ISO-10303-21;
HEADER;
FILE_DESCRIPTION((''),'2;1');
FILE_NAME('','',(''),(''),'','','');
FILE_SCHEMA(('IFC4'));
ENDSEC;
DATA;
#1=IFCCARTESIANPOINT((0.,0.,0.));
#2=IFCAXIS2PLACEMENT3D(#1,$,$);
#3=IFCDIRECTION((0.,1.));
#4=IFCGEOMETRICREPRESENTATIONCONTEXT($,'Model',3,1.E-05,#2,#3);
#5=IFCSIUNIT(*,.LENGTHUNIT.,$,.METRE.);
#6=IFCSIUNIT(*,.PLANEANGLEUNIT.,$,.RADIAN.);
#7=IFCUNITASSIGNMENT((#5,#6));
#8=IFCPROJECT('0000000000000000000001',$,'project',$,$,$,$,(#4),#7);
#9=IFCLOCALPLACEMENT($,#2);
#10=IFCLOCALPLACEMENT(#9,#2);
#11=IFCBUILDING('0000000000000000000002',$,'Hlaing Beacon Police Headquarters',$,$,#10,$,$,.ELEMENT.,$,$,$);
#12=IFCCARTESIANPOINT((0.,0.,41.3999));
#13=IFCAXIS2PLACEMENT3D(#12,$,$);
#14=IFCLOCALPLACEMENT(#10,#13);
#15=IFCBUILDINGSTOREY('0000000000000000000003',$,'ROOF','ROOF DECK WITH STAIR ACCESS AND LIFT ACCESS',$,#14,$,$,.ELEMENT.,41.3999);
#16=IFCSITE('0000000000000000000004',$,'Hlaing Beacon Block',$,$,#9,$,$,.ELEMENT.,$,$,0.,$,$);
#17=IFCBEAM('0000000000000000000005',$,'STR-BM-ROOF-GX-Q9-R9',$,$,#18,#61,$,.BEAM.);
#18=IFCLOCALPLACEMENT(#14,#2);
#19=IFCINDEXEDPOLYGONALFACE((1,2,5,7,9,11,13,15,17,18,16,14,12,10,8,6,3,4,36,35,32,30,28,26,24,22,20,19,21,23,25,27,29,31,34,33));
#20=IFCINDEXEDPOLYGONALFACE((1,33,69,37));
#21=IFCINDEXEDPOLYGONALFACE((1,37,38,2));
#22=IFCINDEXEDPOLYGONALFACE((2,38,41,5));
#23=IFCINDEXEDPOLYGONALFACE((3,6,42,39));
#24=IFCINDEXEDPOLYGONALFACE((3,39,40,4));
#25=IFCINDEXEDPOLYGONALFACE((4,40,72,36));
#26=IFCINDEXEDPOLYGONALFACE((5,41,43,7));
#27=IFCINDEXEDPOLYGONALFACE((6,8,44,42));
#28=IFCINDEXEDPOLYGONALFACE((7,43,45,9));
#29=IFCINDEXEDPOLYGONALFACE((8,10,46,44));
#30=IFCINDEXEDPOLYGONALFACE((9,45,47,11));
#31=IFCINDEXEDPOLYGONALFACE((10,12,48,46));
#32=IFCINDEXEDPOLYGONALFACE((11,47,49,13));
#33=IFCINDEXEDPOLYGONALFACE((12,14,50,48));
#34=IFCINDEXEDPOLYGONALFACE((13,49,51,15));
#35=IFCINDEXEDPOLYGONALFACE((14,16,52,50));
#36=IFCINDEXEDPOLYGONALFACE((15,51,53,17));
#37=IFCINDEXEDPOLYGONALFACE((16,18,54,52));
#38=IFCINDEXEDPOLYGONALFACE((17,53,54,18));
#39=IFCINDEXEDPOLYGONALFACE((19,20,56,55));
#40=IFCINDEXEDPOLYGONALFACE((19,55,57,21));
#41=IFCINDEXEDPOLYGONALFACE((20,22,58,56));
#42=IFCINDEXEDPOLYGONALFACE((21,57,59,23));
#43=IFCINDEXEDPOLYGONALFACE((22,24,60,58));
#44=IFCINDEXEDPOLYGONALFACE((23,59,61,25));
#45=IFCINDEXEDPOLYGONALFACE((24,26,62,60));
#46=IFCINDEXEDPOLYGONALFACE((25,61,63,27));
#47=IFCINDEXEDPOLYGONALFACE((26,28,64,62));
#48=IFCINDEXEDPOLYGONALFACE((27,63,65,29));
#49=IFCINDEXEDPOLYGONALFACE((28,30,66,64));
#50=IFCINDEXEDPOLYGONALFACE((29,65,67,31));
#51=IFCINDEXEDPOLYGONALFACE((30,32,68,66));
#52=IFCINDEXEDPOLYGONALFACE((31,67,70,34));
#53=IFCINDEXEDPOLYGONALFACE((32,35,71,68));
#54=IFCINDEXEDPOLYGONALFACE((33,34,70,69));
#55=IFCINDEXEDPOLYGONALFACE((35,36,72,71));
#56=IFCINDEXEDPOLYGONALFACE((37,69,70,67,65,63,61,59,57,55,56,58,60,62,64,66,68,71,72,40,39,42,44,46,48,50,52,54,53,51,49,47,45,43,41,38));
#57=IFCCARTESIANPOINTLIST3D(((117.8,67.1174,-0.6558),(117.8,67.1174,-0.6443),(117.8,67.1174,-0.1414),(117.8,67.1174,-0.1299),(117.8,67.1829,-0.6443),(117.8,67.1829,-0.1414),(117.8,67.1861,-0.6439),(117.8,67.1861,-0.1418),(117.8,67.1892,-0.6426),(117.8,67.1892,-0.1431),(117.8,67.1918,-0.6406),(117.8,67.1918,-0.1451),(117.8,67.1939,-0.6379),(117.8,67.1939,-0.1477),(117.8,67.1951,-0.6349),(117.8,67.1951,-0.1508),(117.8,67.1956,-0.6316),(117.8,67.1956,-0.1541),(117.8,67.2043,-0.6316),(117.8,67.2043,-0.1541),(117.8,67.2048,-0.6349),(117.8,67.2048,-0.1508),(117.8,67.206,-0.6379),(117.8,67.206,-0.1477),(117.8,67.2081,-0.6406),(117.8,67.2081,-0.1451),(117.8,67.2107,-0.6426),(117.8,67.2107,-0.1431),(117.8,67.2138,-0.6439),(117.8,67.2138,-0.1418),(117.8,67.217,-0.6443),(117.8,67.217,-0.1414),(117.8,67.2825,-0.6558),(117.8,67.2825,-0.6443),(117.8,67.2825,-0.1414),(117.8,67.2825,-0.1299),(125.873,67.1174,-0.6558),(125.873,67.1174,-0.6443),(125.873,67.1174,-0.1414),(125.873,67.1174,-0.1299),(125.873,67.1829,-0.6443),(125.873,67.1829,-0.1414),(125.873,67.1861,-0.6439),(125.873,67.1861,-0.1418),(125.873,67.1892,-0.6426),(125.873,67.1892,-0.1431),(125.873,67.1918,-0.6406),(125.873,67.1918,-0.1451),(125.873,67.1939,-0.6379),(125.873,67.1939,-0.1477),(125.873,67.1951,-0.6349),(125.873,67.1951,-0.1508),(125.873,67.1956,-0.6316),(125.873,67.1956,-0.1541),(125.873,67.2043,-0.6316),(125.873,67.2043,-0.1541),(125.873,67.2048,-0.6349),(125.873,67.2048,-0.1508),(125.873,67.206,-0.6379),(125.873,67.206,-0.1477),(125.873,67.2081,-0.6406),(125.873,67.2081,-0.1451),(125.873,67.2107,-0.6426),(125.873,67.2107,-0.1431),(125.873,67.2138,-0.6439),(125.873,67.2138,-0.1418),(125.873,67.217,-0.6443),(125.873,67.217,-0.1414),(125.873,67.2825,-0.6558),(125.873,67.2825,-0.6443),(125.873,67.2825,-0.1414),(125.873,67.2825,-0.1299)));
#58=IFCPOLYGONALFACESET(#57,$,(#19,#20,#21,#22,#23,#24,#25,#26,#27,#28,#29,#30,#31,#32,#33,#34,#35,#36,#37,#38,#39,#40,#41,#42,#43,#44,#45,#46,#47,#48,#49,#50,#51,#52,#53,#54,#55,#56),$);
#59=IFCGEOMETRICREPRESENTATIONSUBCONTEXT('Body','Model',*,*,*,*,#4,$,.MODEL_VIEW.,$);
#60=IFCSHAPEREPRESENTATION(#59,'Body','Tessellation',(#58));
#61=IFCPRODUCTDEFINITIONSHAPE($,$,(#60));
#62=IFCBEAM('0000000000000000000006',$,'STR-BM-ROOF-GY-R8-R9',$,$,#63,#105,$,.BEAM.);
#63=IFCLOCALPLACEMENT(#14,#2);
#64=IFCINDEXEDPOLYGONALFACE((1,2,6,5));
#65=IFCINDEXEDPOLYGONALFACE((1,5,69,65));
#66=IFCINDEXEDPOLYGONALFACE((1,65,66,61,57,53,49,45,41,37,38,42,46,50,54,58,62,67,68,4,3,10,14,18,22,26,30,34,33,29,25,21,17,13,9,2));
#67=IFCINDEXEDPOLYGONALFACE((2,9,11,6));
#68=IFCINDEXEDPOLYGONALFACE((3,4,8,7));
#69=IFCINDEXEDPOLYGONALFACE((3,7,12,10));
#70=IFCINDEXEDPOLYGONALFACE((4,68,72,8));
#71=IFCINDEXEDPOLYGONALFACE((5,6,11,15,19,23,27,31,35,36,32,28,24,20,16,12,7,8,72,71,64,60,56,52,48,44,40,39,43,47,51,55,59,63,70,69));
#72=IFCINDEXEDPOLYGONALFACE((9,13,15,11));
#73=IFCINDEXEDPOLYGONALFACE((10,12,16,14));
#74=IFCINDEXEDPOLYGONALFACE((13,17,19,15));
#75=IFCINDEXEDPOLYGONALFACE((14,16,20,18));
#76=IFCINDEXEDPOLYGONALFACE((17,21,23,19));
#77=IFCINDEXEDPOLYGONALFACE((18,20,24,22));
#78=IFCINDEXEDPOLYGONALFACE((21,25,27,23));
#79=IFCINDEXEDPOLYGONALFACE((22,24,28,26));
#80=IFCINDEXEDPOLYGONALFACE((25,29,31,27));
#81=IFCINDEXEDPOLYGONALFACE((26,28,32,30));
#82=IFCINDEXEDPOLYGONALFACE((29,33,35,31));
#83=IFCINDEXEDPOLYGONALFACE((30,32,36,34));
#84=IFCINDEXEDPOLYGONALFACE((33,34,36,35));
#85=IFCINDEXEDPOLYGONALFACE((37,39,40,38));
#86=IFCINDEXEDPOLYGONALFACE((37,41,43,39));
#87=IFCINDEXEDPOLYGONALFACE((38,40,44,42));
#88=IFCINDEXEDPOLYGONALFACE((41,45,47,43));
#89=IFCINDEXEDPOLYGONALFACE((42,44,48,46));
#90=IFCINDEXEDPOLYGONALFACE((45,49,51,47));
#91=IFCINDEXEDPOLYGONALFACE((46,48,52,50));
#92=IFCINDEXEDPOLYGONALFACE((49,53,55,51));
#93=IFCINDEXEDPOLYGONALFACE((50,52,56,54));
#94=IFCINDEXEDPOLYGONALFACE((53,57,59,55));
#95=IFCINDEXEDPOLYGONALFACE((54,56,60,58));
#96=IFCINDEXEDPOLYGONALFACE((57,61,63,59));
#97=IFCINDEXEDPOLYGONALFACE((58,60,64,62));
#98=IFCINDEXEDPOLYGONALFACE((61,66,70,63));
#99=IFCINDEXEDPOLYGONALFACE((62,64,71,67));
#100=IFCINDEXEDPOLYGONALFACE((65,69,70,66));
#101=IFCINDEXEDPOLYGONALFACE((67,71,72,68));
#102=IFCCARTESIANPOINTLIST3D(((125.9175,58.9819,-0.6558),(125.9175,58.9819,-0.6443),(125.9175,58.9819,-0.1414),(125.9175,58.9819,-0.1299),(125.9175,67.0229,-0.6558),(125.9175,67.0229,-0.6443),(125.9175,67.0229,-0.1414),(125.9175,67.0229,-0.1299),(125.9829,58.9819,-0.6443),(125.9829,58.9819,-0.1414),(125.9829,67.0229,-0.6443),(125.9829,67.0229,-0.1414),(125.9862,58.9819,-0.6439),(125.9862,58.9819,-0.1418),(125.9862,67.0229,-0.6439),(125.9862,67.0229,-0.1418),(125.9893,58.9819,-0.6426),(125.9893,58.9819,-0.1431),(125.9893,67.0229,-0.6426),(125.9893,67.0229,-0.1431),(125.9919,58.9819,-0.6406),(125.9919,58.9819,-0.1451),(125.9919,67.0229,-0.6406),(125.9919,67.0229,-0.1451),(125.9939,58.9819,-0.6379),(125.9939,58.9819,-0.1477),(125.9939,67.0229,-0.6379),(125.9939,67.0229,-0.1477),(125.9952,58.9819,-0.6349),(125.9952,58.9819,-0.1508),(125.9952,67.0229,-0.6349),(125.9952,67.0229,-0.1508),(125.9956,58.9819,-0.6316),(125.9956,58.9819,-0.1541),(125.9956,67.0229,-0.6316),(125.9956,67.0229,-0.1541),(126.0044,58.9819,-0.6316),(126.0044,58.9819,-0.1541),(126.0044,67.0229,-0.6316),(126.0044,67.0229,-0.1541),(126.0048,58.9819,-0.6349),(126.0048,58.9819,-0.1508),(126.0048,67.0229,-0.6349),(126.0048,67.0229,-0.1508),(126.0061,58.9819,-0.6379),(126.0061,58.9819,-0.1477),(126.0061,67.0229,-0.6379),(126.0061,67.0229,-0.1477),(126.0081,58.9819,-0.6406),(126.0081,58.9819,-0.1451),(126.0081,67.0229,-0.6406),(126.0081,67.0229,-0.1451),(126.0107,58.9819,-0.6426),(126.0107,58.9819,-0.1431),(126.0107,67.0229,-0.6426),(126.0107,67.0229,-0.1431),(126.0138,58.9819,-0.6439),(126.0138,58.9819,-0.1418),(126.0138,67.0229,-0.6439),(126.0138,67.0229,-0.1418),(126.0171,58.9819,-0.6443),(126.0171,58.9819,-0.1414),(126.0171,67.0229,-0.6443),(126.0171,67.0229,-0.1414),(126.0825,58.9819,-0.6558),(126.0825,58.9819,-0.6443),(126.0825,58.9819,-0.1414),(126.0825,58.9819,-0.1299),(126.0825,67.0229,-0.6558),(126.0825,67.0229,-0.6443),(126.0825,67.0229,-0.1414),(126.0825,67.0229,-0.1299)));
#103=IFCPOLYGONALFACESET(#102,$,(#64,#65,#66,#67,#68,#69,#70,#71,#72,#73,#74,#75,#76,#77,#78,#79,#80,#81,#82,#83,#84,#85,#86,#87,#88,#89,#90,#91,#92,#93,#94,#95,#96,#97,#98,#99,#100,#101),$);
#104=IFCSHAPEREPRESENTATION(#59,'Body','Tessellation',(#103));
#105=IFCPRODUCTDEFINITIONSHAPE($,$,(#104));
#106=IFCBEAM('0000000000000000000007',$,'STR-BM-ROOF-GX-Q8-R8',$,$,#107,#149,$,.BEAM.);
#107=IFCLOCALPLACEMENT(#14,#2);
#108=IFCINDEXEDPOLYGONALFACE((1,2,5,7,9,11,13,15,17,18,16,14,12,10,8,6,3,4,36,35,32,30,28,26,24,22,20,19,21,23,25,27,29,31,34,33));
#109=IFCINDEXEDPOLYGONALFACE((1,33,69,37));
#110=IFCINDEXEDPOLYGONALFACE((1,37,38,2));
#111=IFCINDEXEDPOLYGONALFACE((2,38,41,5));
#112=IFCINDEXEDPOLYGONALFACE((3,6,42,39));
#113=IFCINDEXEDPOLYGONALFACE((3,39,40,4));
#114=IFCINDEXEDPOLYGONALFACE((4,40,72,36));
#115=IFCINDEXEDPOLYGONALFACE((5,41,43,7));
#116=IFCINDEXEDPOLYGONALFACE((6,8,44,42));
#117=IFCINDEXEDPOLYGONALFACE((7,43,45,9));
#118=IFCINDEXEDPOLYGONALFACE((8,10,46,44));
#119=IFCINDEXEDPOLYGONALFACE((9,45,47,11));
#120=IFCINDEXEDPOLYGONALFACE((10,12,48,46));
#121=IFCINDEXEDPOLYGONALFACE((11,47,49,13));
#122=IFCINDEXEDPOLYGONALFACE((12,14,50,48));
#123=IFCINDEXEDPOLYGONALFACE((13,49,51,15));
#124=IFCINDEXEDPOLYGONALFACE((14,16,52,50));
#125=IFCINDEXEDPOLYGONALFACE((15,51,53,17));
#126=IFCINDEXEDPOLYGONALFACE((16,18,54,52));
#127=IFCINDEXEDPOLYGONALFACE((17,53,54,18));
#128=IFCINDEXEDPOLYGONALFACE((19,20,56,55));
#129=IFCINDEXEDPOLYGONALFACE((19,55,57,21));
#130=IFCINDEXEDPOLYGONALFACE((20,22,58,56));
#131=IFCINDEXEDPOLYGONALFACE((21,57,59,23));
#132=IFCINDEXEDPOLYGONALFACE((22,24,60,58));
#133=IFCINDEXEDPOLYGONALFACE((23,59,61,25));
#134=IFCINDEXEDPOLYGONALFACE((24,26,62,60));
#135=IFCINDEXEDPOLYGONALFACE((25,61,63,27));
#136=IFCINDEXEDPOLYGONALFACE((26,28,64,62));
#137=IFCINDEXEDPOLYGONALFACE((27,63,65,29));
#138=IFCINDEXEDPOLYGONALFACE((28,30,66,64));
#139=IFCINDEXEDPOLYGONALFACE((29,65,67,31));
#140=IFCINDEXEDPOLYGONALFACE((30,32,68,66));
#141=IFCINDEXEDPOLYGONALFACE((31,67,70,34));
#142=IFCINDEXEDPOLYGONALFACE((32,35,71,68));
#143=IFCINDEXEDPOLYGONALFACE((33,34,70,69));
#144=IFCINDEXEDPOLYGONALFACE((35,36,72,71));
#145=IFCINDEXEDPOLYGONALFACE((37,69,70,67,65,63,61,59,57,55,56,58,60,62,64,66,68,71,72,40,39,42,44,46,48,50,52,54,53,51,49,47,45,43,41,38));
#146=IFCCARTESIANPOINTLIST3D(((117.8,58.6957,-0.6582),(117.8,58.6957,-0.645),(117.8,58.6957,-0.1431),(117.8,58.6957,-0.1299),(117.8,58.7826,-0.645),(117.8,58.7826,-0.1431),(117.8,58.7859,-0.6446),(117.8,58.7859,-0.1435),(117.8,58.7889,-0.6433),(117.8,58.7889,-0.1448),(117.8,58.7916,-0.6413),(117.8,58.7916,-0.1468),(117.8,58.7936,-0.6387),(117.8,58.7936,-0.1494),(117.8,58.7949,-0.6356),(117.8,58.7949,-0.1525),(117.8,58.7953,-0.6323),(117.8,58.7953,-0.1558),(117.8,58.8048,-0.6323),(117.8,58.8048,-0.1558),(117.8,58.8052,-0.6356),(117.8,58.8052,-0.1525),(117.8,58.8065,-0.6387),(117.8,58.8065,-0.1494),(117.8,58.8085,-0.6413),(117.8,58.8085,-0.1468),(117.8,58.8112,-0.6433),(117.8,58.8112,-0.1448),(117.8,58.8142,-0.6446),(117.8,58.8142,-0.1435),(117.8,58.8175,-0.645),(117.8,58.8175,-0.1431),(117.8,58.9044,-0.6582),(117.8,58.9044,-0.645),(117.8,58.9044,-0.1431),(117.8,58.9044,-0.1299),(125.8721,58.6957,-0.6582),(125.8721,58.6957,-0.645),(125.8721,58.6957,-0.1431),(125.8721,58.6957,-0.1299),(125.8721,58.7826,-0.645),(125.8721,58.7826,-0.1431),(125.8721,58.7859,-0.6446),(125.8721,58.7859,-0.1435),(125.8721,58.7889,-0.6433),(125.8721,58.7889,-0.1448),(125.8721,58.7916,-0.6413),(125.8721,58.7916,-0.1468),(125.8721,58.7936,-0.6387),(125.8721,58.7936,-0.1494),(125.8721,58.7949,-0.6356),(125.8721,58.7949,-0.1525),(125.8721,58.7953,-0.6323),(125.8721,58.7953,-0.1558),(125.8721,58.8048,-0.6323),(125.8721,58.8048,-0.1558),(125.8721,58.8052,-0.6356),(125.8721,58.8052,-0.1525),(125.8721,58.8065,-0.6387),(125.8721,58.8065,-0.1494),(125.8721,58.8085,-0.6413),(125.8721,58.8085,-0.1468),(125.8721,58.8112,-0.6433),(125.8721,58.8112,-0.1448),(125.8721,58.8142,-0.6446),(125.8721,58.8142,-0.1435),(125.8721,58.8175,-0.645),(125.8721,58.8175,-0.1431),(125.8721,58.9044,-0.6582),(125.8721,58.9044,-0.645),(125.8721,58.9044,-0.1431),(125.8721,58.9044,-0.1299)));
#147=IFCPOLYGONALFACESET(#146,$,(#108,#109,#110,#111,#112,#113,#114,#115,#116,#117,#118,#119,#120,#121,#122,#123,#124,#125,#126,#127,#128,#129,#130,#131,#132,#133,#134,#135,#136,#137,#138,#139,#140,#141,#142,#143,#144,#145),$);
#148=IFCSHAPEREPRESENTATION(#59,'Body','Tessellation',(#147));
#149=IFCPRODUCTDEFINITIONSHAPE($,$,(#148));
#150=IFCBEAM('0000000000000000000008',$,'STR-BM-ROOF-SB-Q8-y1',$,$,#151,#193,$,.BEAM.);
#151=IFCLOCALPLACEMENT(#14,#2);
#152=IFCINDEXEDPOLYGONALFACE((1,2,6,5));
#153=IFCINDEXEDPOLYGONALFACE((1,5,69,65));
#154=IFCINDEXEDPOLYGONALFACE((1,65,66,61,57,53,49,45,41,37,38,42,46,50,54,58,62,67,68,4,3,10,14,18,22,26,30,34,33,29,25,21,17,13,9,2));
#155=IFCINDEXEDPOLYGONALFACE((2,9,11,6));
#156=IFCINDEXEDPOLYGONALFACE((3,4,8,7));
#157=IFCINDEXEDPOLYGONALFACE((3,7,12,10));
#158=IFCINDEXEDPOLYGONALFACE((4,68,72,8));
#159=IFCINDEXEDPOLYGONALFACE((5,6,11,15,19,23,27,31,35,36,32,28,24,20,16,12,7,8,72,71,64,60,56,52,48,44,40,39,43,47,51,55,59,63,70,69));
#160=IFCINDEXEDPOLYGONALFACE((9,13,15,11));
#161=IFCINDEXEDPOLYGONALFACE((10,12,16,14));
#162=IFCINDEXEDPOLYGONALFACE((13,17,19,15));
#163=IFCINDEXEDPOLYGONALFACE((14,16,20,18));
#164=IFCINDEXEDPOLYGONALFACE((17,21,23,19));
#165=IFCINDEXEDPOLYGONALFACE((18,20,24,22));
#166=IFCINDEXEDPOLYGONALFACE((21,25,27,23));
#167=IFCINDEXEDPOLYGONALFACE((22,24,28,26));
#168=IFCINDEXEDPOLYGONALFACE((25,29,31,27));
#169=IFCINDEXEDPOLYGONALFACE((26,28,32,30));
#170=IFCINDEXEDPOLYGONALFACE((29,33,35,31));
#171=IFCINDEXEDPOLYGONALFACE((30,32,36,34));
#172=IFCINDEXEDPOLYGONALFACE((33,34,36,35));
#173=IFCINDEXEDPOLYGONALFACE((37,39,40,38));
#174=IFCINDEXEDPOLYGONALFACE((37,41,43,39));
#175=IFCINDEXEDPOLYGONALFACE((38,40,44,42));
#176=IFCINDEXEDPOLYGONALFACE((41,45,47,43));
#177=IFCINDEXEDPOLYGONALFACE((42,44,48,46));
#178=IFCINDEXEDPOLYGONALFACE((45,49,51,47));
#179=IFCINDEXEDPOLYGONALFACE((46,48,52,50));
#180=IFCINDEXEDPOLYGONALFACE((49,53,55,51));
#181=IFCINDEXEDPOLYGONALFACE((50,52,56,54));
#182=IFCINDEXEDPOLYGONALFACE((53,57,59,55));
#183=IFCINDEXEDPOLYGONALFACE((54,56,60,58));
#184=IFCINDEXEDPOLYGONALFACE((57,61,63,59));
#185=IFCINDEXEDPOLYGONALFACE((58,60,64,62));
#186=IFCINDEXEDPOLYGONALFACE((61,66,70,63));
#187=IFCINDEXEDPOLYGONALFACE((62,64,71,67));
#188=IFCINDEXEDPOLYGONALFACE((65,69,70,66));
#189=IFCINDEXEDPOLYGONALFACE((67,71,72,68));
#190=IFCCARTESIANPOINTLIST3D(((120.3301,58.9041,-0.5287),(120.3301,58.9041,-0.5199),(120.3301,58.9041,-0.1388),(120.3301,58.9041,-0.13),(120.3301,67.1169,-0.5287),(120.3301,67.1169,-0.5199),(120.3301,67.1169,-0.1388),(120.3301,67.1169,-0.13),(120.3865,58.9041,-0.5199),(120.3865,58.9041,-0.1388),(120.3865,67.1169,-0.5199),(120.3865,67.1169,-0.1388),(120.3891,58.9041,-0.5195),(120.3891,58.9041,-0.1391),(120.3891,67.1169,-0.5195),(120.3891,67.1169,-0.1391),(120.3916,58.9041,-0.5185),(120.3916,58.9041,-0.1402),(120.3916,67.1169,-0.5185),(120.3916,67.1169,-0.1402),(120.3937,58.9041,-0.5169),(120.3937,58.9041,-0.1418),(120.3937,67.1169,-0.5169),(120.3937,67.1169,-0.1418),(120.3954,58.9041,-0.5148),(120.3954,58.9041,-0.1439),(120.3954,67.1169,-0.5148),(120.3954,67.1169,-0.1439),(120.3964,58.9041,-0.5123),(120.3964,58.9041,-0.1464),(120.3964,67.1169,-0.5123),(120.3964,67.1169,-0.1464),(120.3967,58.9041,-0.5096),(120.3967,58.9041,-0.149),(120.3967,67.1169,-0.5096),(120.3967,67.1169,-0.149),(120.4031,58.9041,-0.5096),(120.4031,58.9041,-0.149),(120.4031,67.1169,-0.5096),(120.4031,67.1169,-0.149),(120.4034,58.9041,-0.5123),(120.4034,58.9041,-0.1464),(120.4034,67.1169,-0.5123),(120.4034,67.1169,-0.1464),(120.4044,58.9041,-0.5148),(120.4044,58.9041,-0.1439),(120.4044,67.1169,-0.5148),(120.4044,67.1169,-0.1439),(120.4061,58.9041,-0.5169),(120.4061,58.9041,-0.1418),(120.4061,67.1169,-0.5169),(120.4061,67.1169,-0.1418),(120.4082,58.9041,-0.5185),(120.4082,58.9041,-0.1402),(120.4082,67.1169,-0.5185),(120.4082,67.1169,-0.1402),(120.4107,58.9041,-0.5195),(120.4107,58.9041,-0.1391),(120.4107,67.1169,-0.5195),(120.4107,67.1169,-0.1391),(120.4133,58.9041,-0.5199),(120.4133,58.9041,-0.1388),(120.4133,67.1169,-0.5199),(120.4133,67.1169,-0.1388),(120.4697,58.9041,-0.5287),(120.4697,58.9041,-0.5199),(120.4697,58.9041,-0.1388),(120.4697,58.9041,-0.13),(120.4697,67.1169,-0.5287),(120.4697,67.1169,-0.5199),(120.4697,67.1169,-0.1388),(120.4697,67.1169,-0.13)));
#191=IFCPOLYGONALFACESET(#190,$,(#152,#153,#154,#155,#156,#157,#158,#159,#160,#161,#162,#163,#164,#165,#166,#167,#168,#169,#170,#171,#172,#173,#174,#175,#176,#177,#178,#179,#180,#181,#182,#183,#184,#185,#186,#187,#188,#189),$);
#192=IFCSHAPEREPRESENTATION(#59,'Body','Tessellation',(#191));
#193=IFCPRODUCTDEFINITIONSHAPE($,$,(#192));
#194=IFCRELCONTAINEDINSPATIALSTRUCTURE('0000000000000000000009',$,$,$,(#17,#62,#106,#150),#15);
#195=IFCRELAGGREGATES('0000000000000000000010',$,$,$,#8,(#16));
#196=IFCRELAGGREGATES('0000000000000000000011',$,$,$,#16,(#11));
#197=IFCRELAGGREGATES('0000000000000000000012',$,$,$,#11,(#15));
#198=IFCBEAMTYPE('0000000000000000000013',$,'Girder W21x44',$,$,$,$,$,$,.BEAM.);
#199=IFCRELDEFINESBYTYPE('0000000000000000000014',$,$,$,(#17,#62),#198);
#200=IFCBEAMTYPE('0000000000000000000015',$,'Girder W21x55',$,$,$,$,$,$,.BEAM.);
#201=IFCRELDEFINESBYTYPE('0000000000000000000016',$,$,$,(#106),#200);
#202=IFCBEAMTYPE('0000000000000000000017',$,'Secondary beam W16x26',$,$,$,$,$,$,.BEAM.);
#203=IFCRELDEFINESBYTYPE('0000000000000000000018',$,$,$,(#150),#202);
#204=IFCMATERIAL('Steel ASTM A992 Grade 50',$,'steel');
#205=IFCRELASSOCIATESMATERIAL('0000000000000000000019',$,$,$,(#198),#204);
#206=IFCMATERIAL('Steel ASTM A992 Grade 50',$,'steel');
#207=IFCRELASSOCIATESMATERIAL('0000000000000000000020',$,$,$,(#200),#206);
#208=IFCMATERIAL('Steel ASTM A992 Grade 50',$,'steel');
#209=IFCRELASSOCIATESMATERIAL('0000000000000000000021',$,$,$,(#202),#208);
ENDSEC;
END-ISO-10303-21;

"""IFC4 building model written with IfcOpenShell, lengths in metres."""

from ifc_helpers import new_model, si_unit, direction, frame, origin, origin_2d, place, context, subcontext, project, spatial, i_section, extrude, material, material_profile, profile_set, type_object, element, save


model = new_model("IFC4")

# Units and contexts
model_context = context("Model", 3, precision=1e-05, world=origin(), true_north=direction((0.0, 1.0)))
body_context = subcontext(model_context, "Body", "Model", "MODEL_VIEW")
ifc_project = project(units=[si_unit("LENGTHUNIT", "METRE"), si_unit("PLANEANGLEUNIT", "RADIAN")], contexts=[model_context])

# Site, building, storey
site_placement = place(None, origin())
site = spatial("IfcSite", under=ifc_project, at=site_placement, Name="Hlaing Beacon Block", CompositionType="ELEMENT", RefElevation=0.0)
building_placement = place(site_placement, origin())
building = spatial("IfcBuilding", under=site, at=building_placement, Name="Hlaing Beacon Police Headquarters", CompositionType="ELEMENT")
storey_placement = place(building_placement, frame((0.0, 0.0, 41.3999)))
storey = spatial("IfcBuildingStorey", under=building, at=storey_placement, Name="ROOF", Description="ROOF DECK WITH STAIR ACCESS AND LIFT ACCESS", CompositionType="ELEMENT", Elevation=41.3999)

# Beams
ifc_material_1 = material(Name="Steel ASTM A992 Grade 50", Category="steel")
ifc_material_profile_1 = material_profile(ifc_material_1, i_section(OverallWidth=0.165, OverallDepth=0.5259, WebThickness=0.0088, FlangeThickness=0.0115, FilletRadius=0.0127, at=origin_2d()), Name="W21x44")
ifc_profile_set_1 = profile_set([ifc_material_profile_1], Name="Steel ASTM A992 Grade 50")
beam_type_1 = type_object("IfcBeamType", Name="Girder W21x44", PredefinedType="BEAM", material=ifc_profile_set_1)
beam_1_placement = place(storey_placement, frame((117.8, 67.2, -0.3928), z_axis=(1.0, 0.0, 0.0), x_axis=(0.0, 1.0, 0.0)))
element("IfcBeam", 1, at=beam_1_placement, inside=storey, type_object=beam_type_1, Name="STR-BM-ROOF-GX-Q9-R9", PredefinedType="BEAM", context=body_context, shape_type="SweptSolid", body=[
    extrude(i_section(OverallWidth=0.165, OverallDepth=0.5259, WebThickness=0.0088, FlangeThickness=0.0115, FilletRadius=0.0127, at=origin_2d()), origin(), (0.0, 0.0, 1.0), 8.073),
])
beam_2_placement = place(storey_placement, frame((126.0, 58.9819, -0.3928), z_axis=(0.0, 1.0, 0.0), x_axis=(-1.0, 0.0, 0.0)))
element("IfcBeam", 2, at=beam_2_placement, inside=storey, type_object=beam_type_1, Name="STR-BM-ROOF-GY-R8-R9", PredefinedType="BEAM", context=body_context, shape_type="SweptSolid", body=[
    extrude(i_section(OverallWidth=0.165, OverallDepth=0.5259, WebThickness=0.0088, FlangeThickness=0.0115, FilletRadius=0.0127, at=origin_2d()), origin(), (0.0, 0.0, 1.0), 8.041),
])
ifc_material_2 = material(Name="Steel ASTM A992 Grade 50", Category="steel")
ifc_material_profile_2 = material_profile(ifc_material_2, i_section(OverallWidth=0.2087, OverallDepth=0.5283, WebThickness=0.0095, FlangeThickness=0.0132, FilletRadius=0.0127, at=origin_2d()), Name="W21x55")
ifc_profile_set_2 = profile_set([ifc_material_profile_2], Name="Steel ASTM A992 Grade 50")
beam_type_2 = type_object("IfcBeamType", Name="Girder W21x55", PredefinedType="BEAM", material=ifc_profile_set_2)
beam_3_placement = place(storey_placement, frame((117.8, 58.8, -0.394), z_axis=(1.0, 0.0, 0.0), x_axis=(0.0, 1.0, 0.0)))
element("IfcBeam", 3, at=beam_3_placement, inside=storey, type_object=beam_type_2, Name="STR-BM-ROOF-GX-Q8-R8", PredefinedType="BEAM", context=body_context, shape_type="SweptSolid", body=[
    extrude(i_section(OverallWidth=0.2087, OverallDepth=0.5283, WebThickness=0.0095, FlangeThickness=0.0132, FilletRadius=0.0127, at=origin_2d()), origin(), (0.0, 0.0, 1.0), 8.072),
])
ifc_material_3 = material(Name="Steel ASTM A992 Grade 50", Category="steel")
ifc_material_profile_3 = material_profile(ifc_material_3, i_section(OverallWidth=0.1396, OverallDepth=0.3987, WebThickness=0.0063, FlangeThickness=0.0088, FilletRadius=0.0103, at=origin_2d()), Name="W16x26")
ifc_profile_set_3 = profile_set([ifc_material_profile_3], Name="Steel ASTM A992 Grade 50")
beam_type_3 = type_object("IfcBeamType", Name="Secondary beam W16x26", PredefinedType="BEAM", material=ifc_profile_set_3)
for number, where, z_axis, x_axis, name in (
    (4, (120.3999, 58.9041, -0.3293), (0.0, 1.0, 0.0), (-1.0, 0.0, 0.0), "STR-BM-ROOF-SB-Q8-y1"),
):
    element("IfcBeam", number, at=place(storey_placement, frame(where, z_axis=z_axis, x_axis=x_axis)), inside=storey, type_object=beam_type_3, Name=name, PredefinedType="BEAM", context=body_context, shape_type="SweptSolid", body=[
        extrude(i_section(OverallWidth=0.1396, OverallDepth=0.3987, WebThickness=0.0063, FlangeThickness=0.0088, FilletRadius=0.0103, at=origin_2d()), origin(), (0.0, 0.0, 1.0), 8.2129),
    ])

save(model, "model.ifc")
